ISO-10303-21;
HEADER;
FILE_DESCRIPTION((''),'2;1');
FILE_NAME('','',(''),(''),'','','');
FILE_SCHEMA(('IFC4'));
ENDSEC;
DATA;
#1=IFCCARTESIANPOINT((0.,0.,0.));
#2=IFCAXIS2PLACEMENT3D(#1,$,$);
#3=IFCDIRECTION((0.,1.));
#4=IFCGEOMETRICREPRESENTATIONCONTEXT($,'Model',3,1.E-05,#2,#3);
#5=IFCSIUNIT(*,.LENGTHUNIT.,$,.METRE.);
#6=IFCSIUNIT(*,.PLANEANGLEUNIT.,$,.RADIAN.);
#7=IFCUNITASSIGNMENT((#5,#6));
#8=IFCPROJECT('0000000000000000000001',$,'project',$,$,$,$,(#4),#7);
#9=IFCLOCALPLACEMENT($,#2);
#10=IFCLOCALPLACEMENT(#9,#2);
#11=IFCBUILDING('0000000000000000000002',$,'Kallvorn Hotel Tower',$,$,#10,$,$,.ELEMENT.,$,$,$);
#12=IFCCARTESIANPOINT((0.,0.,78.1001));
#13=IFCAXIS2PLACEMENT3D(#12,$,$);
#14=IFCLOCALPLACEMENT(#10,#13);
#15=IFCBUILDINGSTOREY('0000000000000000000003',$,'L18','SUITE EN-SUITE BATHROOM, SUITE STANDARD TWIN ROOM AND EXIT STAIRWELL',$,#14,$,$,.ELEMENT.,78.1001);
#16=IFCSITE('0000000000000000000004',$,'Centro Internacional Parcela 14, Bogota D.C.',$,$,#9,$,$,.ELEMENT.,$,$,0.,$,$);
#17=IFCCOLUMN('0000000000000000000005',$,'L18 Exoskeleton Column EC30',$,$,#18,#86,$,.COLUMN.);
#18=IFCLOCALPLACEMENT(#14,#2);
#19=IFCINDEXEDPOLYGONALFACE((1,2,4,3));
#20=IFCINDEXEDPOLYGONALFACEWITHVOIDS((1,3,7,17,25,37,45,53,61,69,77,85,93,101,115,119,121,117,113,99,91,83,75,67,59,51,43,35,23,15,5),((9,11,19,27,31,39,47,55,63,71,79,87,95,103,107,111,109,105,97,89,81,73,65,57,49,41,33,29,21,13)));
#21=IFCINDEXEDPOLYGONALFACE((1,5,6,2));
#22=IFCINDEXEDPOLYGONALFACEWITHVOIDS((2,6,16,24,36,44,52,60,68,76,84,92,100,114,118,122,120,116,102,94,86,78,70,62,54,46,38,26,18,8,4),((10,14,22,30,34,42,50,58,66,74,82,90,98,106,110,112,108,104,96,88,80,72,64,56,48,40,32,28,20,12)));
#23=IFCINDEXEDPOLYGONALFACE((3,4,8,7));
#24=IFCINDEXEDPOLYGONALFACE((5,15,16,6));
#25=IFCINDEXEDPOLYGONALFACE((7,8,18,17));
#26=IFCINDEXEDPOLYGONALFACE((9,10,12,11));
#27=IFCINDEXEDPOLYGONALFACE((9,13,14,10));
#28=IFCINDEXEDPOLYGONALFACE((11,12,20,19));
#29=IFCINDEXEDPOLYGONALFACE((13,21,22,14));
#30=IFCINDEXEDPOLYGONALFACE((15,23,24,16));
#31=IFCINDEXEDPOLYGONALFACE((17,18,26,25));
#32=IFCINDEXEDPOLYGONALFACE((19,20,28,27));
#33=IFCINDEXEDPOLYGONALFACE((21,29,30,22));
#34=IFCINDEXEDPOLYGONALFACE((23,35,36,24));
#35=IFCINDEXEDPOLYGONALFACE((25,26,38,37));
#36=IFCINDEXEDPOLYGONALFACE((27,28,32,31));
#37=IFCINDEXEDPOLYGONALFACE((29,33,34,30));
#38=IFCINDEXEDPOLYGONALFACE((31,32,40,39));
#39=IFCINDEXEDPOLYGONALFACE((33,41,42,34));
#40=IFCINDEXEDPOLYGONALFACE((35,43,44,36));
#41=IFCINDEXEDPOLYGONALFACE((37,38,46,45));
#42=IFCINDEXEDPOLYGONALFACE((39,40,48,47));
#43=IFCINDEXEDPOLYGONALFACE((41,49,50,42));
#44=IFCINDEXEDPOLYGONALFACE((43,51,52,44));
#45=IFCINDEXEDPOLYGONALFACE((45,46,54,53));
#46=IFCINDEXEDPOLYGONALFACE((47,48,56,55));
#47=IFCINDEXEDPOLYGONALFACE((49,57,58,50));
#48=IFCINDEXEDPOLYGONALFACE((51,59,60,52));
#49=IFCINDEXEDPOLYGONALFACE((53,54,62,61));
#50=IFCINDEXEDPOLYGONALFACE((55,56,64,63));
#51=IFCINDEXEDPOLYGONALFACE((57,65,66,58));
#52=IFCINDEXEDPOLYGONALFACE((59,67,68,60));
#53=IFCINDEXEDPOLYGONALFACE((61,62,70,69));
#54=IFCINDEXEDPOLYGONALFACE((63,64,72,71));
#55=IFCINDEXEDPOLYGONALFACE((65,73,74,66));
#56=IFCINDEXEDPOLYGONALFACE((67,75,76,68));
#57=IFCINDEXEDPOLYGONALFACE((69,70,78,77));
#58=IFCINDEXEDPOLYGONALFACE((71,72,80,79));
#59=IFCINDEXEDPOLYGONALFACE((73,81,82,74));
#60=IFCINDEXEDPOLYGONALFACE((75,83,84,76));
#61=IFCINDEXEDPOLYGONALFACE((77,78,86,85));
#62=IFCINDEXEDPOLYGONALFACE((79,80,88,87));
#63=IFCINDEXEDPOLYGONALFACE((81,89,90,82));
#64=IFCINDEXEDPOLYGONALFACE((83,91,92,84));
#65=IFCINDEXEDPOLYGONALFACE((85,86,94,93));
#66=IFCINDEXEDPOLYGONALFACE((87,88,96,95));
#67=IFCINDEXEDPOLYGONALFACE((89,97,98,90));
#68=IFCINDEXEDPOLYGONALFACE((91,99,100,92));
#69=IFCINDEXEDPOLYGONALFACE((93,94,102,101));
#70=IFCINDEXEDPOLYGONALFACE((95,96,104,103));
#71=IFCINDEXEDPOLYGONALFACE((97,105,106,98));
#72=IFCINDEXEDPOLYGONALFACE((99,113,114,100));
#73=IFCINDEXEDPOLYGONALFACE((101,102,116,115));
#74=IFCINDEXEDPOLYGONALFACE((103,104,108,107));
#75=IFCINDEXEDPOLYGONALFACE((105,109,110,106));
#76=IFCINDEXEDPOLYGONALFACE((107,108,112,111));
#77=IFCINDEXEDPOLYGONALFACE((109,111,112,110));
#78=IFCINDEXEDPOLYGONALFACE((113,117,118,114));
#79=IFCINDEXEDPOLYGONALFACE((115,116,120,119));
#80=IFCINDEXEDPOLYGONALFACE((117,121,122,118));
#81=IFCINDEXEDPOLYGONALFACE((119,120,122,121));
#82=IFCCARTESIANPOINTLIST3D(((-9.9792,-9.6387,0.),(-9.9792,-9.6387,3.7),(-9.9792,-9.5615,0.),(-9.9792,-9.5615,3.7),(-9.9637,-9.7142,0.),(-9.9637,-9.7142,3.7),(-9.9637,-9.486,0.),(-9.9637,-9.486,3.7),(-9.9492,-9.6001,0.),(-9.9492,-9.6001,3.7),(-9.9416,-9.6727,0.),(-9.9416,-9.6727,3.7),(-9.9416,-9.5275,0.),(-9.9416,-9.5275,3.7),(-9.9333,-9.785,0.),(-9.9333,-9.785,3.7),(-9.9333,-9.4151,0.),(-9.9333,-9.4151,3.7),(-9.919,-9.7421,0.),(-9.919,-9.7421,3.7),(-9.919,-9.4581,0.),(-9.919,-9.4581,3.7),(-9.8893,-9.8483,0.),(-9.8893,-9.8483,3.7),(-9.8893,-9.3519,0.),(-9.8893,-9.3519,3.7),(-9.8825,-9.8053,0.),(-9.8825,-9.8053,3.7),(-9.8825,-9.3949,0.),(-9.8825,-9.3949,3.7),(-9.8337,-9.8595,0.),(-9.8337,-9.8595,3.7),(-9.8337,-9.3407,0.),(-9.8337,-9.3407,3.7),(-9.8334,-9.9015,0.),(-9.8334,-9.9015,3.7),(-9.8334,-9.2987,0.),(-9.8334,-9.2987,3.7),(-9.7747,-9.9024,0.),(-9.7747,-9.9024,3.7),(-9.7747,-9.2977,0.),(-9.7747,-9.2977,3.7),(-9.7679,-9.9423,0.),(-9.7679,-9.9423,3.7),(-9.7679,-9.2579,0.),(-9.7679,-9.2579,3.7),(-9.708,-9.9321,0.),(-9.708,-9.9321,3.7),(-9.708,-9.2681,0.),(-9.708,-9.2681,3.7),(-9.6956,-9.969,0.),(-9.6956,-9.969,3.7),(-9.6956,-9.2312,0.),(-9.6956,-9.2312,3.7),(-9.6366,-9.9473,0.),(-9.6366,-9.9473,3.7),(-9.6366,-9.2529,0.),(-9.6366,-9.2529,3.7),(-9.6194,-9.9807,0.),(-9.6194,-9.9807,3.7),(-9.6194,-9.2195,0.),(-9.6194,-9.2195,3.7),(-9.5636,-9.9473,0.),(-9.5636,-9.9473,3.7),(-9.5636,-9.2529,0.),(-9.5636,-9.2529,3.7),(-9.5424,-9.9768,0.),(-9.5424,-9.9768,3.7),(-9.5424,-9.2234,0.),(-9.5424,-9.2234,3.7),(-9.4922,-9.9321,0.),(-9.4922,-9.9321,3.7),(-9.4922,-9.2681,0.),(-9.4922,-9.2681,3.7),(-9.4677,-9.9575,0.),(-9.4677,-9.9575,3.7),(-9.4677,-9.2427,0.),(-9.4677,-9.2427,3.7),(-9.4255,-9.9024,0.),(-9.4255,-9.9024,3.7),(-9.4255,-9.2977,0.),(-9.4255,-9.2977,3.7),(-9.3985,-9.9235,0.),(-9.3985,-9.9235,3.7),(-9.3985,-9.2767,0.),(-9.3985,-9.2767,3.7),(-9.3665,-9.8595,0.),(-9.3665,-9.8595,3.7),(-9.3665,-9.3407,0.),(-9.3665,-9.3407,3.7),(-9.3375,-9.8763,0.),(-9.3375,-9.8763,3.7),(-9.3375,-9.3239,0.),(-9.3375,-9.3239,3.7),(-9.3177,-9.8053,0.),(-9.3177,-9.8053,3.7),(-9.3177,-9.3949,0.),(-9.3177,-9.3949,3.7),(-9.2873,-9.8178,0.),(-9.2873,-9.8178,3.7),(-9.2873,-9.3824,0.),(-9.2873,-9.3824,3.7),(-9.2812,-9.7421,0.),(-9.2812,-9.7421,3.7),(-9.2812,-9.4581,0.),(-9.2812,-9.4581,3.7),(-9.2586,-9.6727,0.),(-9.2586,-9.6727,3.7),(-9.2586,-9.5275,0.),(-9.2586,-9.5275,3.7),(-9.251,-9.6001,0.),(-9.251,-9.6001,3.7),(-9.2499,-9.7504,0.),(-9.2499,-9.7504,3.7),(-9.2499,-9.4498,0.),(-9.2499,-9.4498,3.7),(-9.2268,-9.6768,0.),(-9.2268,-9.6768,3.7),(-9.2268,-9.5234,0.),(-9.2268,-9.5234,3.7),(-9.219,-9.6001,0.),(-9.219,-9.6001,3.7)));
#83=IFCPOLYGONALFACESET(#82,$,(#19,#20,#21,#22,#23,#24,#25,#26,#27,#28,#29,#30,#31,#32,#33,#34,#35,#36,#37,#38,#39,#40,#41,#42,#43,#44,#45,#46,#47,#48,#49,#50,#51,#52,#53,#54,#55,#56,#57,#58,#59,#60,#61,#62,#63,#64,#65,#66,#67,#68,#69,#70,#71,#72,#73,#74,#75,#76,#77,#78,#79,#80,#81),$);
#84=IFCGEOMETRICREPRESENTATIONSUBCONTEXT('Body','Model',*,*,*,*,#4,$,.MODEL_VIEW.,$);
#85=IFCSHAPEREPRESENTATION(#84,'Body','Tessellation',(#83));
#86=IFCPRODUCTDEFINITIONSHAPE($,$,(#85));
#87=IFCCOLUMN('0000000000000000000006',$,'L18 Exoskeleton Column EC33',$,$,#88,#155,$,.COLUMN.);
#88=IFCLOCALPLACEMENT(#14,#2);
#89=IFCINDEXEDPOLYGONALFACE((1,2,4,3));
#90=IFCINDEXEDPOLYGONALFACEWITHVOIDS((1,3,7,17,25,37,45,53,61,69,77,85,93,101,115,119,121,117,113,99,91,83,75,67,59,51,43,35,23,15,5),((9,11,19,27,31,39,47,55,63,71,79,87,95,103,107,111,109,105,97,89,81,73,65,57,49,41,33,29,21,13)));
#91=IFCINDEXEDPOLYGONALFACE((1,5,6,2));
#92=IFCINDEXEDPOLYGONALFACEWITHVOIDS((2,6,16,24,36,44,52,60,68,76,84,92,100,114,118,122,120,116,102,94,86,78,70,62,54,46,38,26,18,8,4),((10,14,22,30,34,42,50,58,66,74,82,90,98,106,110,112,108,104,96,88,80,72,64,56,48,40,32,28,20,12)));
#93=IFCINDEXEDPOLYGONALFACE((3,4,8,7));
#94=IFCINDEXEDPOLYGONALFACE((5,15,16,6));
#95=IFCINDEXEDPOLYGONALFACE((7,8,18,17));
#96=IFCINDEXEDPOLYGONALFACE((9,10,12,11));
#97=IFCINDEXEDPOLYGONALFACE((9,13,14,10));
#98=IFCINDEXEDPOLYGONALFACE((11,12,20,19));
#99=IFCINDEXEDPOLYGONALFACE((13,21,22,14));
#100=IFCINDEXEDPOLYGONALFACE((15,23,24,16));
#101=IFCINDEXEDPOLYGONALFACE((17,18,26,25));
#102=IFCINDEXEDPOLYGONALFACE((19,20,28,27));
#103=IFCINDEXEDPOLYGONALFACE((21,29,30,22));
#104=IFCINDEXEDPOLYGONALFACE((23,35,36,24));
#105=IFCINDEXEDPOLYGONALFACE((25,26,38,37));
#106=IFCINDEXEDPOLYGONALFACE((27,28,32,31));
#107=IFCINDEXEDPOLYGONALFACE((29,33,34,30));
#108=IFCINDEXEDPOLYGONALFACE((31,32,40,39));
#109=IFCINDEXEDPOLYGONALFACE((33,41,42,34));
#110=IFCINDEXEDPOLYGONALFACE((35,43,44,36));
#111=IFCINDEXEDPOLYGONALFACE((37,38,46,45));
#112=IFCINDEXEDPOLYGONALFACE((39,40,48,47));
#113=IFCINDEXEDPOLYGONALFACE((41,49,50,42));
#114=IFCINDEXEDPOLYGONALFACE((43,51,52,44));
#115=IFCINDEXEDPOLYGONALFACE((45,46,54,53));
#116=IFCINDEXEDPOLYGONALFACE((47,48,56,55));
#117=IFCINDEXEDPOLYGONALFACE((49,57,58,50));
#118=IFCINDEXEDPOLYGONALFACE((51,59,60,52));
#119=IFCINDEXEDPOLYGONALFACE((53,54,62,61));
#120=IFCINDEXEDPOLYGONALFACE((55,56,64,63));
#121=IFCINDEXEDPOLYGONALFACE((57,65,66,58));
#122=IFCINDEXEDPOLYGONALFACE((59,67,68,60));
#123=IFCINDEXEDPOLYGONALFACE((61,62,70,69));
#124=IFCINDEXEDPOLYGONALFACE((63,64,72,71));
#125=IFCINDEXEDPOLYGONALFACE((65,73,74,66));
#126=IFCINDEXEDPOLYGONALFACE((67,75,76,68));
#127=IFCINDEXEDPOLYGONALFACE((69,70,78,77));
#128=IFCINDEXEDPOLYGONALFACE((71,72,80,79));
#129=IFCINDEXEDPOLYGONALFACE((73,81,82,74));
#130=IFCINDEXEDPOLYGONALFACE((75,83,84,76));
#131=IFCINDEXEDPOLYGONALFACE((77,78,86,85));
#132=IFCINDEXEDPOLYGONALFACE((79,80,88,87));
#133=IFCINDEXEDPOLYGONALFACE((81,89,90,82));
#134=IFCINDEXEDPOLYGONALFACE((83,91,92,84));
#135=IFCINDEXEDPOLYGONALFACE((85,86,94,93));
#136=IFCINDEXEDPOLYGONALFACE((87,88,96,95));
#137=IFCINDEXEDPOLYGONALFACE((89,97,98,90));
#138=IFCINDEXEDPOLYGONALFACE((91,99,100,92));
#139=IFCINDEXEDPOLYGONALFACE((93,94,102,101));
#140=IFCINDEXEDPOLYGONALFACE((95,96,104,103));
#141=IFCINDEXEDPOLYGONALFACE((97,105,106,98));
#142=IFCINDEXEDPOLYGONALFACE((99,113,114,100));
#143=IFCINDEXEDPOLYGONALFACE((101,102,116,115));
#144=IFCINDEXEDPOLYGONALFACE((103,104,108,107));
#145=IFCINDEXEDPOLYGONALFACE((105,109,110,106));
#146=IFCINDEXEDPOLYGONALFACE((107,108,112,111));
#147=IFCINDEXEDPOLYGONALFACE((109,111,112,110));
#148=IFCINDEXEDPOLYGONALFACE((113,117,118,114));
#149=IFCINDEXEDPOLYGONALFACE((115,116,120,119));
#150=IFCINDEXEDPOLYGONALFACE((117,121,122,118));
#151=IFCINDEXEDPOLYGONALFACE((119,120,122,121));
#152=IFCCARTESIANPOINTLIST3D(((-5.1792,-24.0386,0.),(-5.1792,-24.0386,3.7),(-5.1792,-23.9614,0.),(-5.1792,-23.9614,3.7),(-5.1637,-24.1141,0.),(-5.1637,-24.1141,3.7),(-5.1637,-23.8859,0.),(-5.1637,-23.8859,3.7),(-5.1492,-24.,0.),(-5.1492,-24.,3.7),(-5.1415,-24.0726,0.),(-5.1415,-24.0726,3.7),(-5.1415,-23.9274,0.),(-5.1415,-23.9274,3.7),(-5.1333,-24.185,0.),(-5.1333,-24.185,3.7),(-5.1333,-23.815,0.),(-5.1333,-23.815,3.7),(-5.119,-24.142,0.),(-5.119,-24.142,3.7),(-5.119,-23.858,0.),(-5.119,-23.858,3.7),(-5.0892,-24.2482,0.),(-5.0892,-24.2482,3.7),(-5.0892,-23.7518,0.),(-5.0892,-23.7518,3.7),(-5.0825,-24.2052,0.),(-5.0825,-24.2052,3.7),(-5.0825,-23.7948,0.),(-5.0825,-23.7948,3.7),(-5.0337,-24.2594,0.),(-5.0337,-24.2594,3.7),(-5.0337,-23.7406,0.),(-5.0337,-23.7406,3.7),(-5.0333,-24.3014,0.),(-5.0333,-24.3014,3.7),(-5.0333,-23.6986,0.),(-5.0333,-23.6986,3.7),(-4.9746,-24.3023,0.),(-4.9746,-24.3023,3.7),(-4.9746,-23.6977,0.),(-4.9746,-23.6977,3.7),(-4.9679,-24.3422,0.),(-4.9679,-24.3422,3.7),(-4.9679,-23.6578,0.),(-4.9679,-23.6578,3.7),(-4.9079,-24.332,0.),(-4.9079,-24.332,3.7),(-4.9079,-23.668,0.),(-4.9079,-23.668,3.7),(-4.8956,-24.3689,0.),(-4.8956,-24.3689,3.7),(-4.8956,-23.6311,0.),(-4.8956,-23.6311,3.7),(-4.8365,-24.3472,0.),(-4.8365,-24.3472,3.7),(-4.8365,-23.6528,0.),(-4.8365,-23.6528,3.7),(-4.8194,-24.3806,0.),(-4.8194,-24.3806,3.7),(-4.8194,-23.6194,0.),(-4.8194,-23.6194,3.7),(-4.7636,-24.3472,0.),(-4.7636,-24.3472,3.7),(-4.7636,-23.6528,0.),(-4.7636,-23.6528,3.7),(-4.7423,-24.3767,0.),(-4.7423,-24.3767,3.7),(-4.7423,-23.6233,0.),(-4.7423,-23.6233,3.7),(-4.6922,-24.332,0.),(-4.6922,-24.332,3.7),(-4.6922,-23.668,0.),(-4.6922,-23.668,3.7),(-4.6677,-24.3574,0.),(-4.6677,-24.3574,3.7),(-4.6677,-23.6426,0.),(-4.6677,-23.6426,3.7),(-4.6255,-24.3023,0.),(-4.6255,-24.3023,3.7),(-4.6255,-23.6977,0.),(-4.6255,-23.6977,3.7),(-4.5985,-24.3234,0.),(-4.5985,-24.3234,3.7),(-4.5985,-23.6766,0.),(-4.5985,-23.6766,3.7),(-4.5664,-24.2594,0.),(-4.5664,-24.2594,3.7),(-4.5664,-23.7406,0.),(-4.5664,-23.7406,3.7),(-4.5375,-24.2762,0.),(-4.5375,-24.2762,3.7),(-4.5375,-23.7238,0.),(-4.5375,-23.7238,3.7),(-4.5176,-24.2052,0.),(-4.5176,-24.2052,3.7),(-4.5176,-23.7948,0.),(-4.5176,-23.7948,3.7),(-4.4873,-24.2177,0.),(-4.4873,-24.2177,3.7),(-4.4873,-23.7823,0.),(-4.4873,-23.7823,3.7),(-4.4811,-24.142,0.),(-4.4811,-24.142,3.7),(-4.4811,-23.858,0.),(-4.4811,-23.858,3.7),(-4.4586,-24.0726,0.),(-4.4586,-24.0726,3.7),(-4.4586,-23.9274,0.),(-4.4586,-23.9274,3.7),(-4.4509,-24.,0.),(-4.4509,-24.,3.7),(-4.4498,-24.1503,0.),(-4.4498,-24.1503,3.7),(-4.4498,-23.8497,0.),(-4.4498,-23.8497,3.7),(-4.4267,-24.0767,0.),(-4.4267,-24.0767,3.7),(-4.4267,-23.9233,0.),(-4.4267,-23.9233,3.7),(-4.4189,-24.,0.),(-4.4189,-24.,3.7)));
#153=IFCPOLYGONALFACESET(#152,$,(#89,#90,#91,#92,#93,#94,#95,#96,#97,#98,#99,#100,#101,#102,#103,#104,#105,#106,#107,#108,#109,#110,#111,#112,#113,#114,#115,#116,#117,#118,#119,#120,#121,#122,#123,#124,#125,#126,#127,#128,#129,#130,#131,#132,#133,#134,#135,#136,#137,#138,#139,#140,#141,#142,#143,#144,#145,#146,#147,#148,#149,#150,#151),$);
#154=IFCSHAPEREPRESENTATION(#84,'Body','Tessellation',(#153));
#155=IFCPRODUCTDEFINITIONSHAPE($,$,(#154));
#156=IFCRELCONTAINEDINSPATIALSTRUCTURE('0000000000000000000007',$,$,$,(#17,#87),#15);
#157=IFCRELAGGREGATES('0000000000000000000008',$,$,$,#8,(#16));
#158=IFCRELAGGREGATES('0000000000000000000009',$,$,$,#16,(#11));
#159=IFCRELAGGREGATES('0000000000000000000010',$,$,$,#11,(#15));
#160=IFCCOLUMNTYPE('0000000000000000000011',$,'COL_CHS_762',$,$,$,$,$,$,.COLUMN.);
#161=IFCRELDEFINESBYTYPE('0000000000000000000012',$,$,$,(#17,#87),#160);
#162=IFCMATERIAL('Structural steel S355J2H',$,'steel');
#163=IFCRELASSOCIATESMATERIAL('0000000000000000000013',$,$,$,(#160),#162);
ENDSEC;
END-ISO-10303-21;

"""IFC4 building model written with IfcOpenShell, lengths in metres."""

from ifc_helpers import new_model, si_unit, direction, frame, origin, origin_2d, place, context, subcontext, project, spatial, hollow_circle, extrude, material, material_profile, profile_set, type_object, element, save


model = new_model("IFC4")

# Units and contexts
model_context = context("Model", 3, precision=1e-05, world=origin(), true_north=direction((0.0, 1.0)))
body_context = subcontext(model_context, "Body", "Model", "MODEL_VIEW")
ifc_project = project(units=[si_unit("LENGTHUNIT", "METRE"), si_unit("PLANEANGLEUNIT", "RADIAN")], contexts=[model_context])

# Site, building, storey
site_placement = place(None, origin())
site = spatial("IfcSite", under=ifc_project, at=site_placement, Name="Centro Internacional Parcela 14, Bogota D.C.", CompositionType="ELEMENT", RefElevation=0.0)
building_placement = place(site_placement, origin())
building = spatial("IfcBuilding", under=site, at=building_placement, Name="Kallvorn Hotel Tower", CompositionType="ELEMENT")
storey_placement = place(building_placement, frame((0.0, 0.0, 78.1001)))
storey = spatial("IfcBuildingStorey", under=building, at=storey_placement, Name="L18", Description="SUITE EN-SUITE BATHROOM, SUITE STANDARD TWIN ROOM AND EXIT STAIRWELL", CompositionType="ELEMENT", Elevation=78.1001)

# Columns
ifc_material_1 = material(Name="Structural steel S355J2H", Category="steel")
ifc_material_profile_1 = material_profile(ifc_material_1, hollow_circle(Radius=0.3811, WallThickness=0.032, at=origin_2d()), Name="CHS 762x32")
ifc_profile_set_1 = profile_set([ifc_material_profile_1], Name="Structural steel S355J2H")
column_type_1 = type_object("IfcColumnType", Name="COL_CHS_762", PredefinedType="COLUMN", material=ifc_profile_set_1)
for number, where, z_axis, x_axis, name in (
    (1, (-9.6001, -9.6001, 0.0), (0.0, 0.0, 1.0), (1.0, 0.0, 0.0), "L18 Exoskeleton Column EC30"),
    (2, (-4.8, -24.0, 0.0), (0.0, 0.0, 1.0), (1.0, 0.0, 0.0), "L18 Exoskeleton Column EC33"),
):
    element("IfcColumn", number, at=place(storey_placement, frame(where, z_axis=z_axis, x_axis=x_axis)), inside=storey, type_object=column_type_1, Name=name, PredefinedType="COLUMN", context=body_context, shape_type="SweptSolid", body=[
        extrude(hollow_circle(Radius=0.3811, WallThickness=0.032, at=origin_2d()), origin(), (0.0, 0.0, 1.0), 3.7),
    ])

save(model, "model.ifc")
